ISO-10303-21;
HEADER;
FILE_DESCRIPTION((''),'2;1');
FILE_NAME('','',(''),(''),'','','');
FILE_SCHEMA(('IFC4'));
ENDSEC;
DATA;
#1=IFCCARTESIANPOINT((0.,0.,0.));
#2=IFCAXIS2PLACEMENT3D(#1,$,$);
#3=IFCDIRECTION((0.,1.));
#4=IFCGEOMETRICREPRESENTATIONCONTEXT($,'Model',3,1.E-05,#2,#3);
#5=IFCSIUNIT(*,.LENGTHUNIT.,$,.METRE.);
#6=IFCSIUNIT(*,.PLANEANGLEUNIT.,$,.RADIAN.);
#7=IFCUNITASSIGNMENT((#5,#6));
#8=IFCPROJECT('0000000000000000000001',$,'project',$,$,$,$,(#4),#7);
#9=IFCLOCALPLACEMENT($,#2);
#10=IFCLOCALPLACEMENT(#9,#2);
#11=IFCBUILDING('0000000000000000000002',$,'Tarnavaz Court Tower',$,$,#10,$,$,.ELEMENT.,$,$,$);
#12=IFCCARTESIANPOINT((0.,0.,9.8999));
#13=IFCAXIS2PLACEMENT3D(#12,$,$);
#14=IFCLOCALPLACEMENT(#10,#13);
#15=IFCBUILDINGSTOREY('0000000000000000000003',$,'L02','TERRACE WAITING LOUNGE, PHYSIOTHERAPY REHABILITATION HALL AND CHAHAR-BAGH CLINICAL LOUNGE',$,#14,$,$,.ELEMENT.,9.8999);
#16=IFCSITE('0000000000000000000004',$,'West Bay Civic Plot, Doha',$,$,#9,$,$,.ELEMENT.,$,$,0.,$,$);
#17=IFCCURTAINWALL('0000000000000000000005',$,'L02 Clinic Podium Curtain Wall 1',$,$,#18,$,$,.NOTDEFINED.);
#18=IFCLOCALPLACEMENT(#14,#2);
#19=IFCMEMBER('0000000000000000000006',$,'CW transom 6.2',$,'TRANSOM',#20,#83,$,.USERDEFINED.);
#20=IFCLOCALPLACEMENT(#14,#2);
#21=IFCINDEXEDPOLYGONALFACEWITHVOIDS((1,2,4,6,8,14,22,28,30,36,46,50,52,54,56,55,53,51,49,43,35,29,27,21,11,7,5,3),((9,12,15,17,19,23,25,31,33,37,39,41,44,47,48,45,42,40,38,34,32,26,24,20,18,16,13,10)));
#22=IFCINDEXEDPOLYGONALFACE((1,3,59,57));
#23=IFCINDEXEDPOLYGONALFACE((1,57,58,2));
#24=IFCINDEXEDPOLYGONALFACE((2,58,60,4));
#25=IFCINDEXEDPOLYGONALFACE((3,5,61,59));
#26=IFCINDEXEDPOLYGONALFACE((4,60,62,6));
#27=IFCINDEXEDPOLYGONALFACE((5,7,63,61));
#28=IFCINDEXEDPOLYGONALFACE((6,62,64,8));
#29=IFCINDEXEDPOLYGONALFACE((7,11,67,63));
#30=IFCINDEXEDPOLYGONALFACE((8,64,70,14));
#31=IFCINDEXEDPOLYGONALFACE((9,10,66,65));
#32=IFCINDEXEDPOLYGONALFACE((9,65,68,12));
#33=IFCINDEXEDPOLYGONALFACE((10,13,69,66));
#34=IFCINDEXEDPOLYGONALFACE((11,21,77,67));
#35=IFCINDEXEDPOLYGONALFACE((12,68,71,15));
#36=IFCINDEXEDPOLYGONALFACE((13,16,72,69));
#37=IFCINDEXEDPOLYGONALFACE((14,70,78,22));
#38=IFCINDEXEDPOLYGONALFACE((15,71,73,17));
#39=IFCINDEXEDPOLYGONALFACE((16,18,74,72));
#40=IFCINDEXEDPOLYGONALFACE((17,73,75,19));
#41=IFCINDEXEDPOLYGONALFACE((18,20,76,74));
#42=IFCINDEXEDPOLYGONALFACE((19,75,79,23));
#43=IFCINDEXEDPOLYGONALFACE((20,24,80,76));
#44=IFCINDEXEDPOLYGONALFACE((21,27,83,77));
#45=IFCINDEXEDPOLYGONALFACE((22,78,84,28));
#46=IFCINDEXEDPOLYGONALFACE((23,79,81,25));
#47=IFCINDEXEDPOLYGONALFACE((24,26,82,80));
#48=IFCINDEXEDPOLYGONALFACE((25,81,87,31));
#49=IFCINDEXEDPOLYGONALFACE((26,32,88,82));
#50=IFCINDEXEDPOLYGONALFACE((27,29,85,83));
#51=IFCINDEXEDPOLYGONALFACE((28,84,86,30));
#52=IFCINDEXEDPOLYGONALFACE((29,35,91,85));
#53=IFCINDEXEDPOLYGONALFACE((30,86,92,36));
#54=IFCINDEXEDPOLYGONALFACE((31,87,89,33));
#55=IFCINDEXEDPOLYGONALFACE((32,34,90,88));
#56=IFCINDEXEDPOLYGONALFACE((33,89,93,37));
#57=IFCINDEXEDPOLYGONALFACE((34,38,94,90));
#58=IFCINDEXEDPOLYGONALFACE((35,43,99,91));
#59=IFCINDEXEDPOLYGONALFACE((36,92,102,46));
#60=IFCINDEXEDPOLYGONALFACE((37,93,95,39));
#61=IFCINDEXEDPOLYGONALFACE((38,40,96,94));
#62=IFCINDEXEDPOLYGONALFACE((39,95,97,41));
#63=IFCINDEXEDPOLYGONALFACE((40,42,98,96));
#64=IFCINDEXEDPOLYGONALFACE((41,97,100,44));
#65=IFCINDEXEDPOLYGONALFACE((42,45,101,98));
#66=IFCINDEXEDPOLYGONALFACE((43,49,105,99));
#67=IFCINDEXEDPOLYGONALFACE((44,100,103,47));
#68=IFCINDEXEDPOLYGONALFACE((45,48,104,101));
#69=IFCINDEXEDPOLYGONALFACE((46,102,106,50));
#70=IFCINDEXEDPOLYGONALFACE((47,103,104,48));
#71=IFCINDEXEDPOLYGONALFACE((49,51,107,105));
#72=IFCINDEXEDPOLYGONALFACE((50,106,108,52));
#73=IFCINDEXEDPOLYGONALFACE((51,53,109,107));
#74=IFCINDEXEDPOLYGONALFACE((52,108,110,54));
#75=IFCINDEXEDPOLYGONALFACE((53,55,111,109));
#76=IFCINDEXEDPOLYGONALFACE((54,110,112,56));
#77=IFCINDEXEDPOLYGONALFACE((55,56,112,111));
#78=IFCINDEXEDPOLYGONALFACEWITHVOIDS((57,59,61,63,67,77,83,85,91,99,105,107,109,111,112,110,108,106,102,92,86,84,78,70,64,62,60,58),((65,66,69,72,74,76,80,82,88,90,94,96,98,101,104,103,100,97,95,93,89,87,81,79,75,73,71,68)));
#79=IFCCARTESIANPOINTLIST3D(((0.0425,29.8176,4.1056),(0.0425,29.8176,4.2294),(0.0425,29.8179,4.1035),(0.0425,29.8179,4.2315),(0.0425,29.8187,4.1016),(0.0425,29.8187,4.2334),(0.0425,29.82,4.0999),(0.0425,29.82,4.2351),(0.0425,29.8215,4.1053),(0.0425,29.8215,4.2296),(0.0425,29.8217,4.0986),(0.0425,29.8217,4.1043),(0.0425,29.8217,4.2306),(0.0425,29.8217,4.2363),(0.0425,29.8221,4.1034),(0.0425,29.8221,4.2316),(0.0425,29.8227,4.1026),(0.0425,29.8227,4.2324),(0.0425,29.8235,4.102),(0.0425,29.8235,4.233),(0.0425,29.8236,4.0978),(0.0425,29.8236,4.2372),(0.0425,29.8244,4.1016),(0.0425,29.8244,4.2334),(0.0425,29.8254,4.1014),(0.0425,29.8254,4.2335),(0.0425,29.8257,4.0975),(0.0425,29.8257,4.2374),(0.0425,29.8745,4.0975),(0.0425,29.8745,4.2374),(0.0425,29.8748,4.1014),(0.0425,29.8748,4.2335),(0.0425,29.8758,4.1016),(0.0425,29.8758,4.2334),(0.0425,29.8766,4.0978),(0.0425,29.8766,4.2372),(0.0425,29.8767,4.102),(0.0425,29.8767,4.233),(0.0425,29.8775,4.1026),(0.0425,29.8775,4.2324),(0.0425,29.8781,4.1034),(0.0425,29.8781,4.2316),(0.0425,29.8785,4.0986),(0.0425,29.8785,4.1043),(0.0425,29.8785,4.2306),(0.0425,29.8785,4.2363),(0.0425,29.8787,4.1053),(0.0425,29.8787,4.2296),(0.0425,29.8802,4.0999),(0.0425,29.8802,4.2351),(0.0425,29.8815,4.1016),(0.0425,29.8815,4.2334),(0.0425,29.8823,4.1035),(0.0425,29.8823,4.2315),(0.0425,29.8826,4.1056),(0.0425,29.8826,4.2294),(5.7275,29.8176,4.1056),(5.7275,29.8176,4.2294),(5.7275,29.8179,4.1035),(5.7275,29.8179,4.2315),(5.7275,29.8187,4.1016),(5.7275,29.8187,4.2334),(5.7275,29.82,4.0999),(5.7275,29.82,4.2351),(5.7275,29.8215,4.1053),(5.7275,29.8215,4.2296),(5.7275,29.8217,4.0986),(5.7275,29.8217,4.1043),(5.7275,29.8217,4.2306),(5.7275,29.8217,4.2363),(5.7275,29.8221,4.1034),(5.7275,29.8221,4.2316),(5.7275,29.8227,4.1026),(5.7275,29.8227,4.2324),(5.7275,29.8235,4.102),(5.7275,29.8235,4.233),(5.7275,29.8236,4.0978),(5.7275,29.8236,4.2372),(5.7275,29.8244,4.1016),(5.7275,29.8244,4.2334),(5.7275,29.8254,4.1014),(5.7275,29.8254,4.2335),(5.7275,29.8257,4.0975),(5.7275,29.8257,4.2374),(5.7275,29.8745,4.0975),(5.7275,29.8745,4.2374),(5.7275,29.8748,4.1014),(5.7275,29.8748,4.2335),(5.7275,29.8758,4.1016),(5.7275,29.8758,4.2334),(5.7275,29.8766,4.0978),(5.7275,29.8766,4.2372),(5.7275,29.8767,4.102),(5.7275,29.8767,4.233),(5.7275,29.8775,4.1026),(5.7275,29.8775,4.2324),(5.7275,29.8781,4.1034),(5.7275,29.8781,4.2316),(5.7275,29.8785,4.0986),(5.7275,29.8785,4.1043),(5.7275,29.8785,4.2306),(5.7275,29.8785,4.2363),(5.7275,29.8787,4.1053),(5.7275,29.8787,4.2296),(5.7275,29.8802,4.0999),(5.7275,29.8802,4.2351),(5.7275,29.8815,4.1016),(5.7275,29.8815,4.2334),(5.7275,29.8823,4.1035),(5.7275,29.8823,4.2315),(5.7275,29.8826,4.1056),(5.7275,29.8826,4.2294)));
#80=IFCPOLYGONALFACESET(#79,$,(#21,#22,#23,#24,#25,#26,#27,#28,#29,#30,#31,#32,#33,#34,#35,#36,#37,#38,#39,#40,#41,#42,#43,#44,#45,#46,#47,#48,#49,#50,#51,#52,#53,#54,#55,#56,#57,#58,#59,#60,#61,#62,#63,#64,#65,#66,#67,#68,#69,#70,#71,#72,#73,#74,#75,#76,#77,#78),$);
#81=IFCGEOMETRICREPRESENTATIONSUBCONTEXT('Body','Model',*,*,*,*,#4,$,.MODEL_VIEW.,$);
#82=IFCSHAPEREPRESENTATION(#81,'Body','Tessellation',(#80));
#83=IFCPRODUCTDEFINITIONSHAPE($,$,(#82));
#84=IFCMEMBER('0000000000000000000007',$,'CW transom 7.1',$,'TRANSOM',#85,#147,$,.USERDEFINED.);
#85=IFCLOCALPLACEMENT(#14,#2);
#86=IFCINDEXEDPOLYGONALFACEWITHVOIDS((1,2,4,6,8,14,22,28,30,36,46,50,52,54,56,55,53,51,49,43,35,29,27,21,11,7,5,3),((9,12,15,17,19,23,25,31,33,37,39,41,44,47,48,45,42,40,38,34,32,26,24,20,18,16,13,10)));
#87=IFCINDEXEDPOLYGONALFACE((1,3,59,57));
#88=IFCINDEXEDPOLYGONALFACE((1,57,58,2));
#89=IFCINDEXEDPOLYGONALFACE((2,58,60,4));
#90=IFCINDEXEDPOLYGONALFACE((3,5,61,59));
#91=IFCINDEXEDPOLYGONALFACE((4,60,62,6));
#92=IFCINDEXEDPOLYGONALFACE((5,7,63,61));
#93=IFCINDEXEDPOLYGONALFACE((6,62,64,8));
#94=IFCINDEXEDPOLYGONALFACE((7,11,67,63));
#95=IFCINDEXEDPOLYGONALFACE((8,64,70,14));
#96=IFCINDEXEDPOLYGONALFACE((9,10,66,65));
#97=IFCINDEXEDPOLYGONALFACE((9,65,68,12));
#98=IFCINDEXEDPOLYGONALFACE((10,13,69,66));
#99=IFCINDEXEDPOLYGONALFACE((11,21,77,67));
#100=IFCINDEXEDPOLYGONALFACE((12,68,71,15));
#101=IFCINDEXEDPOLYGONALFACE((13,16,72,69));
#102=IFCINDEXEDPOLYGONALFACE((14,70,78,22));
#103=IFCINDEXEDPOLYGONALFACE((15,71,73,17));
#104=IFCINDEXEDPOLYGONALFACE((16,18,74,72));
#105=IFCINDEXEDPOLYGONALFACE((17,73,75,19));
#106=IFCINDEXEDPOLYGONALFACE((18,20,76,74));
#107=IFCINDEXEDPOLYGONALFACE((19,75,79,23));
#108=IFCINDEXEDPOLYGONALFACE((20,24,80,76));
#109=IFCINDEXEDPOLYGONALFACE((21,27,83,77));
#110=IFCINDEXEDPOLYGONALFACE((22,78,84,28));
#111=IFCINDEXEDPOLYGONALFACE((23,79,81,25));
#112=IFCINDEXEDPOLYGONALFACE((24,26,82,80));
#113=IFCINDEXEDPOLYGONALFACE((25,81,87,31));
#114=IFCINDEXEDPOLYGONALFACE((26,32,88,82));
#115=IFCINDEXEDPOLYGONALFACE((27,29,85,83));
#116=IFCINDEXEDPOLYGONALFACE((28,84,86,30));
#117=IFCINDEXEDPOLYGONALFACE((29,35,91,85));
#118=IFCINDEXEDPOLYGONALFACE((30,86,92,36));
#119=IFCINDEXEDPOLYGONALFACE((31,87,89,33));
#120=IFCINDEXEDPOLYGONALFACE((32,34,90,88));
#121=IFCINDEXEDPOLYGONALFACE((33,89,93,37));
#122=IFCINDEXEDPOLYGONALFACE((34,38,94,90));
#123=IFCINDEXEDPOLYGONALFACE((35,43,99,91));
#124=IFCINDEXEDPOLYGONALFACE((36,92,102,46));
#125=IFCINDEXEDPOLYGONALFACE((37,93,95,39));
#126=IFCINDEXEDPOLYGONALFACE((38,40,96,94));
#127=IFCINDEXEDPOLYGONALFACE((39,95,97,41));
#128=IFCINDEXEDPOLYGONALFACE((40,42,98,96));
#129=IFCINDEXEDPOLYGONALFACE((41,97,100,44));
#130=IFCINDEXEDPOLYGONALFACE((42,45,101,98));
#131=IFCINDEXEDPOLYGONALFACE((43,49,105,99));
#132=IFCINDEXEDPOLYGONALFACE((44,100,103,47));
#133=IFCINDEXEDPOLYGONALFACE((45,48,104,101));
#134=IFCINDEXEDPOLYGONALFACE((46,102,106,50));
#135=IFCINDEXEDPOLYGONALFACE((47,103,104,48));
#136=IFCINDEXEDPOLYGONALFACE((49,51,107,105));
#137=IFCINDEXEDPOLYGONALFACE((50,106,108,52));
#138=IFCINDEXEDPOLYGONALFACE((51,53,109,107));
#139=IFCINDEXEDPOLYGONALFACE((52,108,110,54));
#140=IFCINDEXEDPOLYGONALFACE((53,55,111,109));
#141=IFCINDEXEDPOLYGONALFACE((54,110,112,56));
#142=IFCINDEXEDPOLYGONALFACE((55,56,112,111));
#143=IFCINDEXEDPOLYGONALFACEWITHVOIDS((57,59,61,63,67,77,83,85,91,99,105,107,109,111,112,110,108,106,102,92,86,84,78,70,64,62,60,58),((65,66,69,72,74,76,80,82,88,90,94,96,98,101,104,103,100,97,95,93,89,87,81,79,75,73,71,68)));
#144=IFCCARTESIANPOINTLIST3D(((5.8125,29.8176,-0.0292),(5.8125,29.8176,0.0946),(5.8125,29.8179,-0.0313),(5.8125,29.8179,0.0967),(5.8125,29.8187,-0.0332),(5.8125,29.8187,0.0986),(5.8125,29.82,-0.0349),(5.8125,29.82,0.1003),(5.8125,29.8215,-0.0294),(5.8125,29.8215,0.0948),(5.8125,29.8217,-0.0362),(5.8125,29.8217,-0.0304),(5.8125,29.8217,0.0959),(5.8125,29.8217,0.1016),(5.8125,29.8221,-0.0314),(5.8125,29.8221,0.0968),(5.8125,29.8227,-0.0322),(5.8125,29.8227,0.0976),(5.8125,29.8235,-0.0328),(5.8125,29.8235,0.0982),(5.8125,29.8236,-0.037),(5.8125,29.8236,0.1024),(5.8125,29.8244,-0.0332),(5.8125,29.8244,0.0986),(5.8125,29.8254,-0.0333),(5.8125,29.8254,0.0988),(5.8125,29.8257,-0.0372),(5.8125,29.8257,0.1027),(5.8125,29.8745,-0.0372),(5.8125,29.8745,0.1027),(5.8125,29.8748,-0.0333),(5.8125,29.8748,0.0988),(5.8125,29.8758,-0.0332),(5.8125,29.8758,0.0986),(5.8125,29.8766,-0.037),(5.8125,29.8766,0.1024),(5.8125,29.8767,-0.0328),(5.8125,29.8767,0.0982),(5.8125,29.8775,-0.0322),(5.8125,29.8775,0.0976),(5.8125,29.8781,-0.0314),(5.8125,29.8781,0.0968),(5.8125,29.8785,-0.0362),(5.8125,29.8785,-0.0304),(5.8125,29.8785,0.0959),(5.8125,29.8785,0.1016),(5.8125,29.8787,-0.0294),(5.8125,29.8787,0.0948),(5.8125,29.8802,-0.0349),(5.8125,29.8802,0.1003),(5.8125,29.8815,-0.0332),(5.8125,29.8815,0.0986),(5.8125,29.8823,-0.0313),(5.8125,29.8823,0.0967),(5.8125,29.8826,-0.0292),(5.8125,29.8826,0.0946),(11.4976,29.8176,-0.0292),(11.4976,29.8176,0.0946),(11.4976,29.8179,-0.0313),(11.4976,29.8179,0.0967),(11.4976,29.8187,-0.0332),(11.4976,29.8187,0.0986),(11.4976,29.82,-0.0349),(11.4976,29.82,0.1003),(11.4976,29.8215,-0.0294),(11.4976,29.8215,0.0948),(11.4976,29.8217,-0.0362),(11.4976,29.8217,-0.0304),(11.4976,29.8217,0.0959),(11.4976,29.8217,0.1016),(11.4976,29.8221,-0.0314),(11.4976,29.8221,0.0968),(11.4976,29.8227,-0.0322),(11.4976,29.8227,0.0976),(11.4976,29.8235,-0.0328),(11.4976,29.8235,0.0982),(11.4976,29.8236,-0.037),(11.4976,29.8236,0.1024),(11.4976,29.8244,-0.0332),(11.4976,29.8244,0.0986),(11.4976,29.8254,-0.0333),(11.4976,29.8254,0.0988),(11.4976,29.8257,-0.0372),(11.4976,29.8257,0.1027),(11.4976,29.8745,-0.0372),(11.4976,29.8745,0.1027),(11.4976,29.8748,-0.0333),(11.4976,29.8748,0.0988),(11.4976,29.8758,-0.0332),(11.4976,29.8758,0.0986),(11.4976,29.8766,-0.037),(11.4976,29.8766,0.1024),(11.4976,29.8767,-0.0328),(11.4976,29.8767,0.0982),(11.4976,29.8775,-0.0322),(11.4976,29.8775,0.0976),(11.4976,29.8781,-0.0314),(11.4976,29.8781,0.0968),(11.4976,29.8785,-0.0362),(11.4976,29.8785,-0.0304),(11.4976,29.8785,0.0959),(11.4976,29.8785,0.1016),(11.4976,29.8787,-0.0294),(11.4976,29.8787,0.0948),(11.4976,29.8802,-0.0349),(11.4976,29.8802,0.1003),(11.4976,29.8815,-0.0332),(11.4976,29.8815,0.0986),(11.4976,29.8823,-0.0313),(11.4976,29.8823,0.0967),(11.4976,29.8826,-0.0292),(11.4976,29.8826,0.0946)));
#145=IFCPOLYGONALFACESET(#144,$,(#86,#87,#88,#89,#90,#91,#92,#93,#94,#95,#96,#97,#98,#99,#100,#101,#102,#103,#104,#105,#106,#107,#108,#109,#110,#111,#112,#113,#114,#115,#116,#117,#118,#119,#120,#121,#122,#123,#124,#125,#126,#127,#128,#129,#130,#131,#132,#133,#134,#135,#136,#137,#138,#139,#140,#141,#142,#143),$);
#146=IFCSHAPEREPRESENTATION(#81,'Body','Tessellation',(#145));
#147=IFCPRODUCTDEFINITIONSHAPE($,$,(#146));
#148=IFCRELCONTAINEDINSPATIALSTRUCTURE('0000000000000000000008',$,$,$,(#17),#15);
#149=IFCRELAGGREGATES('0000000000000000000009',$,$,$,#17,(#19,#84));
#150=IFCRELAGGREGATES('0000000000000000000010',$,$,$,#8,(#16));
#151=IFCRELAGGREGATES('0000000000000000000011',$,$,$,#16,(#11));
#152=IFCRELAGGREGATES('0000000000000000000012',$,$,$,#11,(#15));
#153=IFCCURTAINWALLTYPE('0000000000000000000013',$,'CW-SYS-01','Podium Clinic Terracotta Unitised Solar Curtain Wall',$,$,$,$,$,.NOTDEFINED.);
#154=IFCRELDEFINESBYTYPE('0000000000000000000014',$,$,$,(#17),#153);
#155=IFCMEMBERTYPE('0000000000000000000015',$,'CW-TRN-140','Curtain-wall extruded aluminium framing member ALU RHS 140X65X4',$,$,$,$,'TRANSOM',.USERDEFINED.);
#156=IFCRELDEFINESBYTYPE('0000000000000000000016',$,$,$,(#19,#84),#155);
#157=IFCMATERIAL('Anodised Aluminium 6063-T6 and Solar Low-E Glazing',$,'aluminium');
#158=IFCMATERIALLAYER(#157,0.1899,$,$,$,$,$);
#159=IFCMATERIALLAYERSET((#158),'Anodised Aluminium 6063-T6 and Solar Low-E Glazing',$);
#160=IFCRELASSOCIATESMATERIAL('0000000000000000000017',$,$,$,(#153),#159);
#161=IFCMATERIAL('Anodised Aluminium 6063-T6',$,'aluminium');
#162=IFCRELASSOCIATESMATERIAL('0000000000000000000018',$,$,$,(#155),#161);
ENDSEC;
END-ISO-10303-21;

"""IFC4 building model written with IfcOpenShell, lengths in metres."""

from ifc_helpers import new_model, si_unit, direction, frame, origin, origin_2d, place, context, subcontext, project, spatial, hollow_rectangle, extrude, material, layer, layer_set, material_profile, profile_set, type_object, element, aggregate, save


model = new_model("IFC4")

# Units and contexts
model_context = context("Model", 3, precision=1e-05, world=origin(), true_north=direction((0.0, 1.0)))
body_context = subcontext(model_context, "Body", "Model", "MODEL_VIEW")
ifc_project = project(units=[si_unit("LENGTHUNIT", "METRE"), si_unit("PLANEANGLEUNIT", "RADIAN")], contexts=[model_context])

# Site, building, storey
site_placement = place(None, origin())
site = spatial("IfcSite", under=ifc_project, at=site_placement, Name="West Bay Civic Plot, Doha", CompositionType="ELEMENT", RefElevation=0.0)
building_placement = place(site_placement, origin())
building = spatial("IfcBuilding", under=site, at=building_placement, Name="Tarnavaz Court Tower", CompositionType="ELEMENT")
storey_placement = place(building_placement, frame((0.0, 0.0, 9.8999)))
storey = spatial("IfcBuildingStorey", under=building, at=storey_placement, Name="L02", Description="TERRACE WAITING LOUNGE, PHYSIOTHERAPY REHABILITATION HALL AND CHAHAR-BAGH CLINICAL LOUNGE", CompositionType="ELEMENT", Elevation=9.8999)

# Curtain wall, members
ifc_material_1 = material(Name="Anodised Aluminium 6063-T6 and Solar Low-E Glazing", Category="aluminium")
ifc_layer_1 = layer(ifc_material_1, 0.1899)
ifc_layer_set_1 = layer_set([ifc_layer_1], Name="Anodised Aluminium 6063-T6 and Solar Low-E Glazing")
curtain_wall_type = type_object("IfcCurtainWallType", Name="CW-SYS-01", Description="Podium Clinic Terracotta Unitised Solar Curtain Wall", PredefinedType="NOTDEFINED", material=ifc_layer_set_1)
curtain_wall_placement = place(storey_placement, origin())
curtain_wall = element("IfcCurtainWall", 1, at=curtain_wall_placement, inside=storey, type_object=curtain_wall_type, Name="L02 Clinic Podium Curtain Wall 1", PredefinedType="NOTDEFINED")
ifc_material_2 = material(Name="Anodised Aluminium 6063-T6", Category="aluminium")
ifc_material_profile_1 = material_profile(ifc_material_2, hollow_rectangle(XDim=0.0649, YDim=0.1399, WallThickness=0.0039, InnerFilletRadius=0.0039, OuterFilletRadius=0.0081, at=origin_2d()), Name="ALU RHS 140X65X4")
ifc_profile_set_1 = profile_set([ifc_material_profile_1], Name="Anodised Aluminium 6063-T6")
member_type_1 = type_object("IfcMemberType", Name="CW-TRN-140", Description="Curtain-wall extruded aluminium framing member ALU RHS 140X65X4", ElementType="TRANSOM", PredefinedType="USERDEFINED", material=ifc_profile_set_1)
member_1_placement = place(storey_placement, frame((0.0425, 29.8501, 4.1675), z_axis=(1.0, 0.0, 0.0), x_axis=(0.0, 1.0, 0.0)))
member_1 = element("IfcMember", 2, at=member_1_placement, type_object=member_type_1, Name="CW transom 6.2", ObjectType="TRANSOM", PredefinedType="USERDEFINED", context=body_context, shape_type="SweptSolid", body=[
    extrude(hollow_rectangle(XDim=0.0649, YDim=0.1399, WallThickness=0.0039, InnerFilletRadius=0.0039, OuterFilletRadius=0.0081, at=origin_2d()), origin(), (0.0, 0.0, 1.0), 5.6851),
])
member_2_placement = place(storey_placement, frame((5.8125, 29.8501, 0.0327), z_axis=(1.0, 0.0, 0.0), x_axis=(0.0, 1.0, 0.0)))
member_2 = element("IfcMember", 3, at=member_2_placement, type_object=member_type_1, Name="CW transom 7.1", ObjectType="TRANSOM", PredefinedType="USERDEFINED", context=body_context, shape_type="SweptSolid", body=[
    extrude(hollow_rectangle(XDim=0.0649, YDim=0.1399, WallThickness=0.0039, InnerFilletRadius=0.0039, OuterFilletRadius=0.0081, at=origin_2d()), origin(), (0.0, 0.0, 1.0), 5.6851),
])
aggregate(curtain_wall, [member_1, member_2])

save(model, "model.ifc")
